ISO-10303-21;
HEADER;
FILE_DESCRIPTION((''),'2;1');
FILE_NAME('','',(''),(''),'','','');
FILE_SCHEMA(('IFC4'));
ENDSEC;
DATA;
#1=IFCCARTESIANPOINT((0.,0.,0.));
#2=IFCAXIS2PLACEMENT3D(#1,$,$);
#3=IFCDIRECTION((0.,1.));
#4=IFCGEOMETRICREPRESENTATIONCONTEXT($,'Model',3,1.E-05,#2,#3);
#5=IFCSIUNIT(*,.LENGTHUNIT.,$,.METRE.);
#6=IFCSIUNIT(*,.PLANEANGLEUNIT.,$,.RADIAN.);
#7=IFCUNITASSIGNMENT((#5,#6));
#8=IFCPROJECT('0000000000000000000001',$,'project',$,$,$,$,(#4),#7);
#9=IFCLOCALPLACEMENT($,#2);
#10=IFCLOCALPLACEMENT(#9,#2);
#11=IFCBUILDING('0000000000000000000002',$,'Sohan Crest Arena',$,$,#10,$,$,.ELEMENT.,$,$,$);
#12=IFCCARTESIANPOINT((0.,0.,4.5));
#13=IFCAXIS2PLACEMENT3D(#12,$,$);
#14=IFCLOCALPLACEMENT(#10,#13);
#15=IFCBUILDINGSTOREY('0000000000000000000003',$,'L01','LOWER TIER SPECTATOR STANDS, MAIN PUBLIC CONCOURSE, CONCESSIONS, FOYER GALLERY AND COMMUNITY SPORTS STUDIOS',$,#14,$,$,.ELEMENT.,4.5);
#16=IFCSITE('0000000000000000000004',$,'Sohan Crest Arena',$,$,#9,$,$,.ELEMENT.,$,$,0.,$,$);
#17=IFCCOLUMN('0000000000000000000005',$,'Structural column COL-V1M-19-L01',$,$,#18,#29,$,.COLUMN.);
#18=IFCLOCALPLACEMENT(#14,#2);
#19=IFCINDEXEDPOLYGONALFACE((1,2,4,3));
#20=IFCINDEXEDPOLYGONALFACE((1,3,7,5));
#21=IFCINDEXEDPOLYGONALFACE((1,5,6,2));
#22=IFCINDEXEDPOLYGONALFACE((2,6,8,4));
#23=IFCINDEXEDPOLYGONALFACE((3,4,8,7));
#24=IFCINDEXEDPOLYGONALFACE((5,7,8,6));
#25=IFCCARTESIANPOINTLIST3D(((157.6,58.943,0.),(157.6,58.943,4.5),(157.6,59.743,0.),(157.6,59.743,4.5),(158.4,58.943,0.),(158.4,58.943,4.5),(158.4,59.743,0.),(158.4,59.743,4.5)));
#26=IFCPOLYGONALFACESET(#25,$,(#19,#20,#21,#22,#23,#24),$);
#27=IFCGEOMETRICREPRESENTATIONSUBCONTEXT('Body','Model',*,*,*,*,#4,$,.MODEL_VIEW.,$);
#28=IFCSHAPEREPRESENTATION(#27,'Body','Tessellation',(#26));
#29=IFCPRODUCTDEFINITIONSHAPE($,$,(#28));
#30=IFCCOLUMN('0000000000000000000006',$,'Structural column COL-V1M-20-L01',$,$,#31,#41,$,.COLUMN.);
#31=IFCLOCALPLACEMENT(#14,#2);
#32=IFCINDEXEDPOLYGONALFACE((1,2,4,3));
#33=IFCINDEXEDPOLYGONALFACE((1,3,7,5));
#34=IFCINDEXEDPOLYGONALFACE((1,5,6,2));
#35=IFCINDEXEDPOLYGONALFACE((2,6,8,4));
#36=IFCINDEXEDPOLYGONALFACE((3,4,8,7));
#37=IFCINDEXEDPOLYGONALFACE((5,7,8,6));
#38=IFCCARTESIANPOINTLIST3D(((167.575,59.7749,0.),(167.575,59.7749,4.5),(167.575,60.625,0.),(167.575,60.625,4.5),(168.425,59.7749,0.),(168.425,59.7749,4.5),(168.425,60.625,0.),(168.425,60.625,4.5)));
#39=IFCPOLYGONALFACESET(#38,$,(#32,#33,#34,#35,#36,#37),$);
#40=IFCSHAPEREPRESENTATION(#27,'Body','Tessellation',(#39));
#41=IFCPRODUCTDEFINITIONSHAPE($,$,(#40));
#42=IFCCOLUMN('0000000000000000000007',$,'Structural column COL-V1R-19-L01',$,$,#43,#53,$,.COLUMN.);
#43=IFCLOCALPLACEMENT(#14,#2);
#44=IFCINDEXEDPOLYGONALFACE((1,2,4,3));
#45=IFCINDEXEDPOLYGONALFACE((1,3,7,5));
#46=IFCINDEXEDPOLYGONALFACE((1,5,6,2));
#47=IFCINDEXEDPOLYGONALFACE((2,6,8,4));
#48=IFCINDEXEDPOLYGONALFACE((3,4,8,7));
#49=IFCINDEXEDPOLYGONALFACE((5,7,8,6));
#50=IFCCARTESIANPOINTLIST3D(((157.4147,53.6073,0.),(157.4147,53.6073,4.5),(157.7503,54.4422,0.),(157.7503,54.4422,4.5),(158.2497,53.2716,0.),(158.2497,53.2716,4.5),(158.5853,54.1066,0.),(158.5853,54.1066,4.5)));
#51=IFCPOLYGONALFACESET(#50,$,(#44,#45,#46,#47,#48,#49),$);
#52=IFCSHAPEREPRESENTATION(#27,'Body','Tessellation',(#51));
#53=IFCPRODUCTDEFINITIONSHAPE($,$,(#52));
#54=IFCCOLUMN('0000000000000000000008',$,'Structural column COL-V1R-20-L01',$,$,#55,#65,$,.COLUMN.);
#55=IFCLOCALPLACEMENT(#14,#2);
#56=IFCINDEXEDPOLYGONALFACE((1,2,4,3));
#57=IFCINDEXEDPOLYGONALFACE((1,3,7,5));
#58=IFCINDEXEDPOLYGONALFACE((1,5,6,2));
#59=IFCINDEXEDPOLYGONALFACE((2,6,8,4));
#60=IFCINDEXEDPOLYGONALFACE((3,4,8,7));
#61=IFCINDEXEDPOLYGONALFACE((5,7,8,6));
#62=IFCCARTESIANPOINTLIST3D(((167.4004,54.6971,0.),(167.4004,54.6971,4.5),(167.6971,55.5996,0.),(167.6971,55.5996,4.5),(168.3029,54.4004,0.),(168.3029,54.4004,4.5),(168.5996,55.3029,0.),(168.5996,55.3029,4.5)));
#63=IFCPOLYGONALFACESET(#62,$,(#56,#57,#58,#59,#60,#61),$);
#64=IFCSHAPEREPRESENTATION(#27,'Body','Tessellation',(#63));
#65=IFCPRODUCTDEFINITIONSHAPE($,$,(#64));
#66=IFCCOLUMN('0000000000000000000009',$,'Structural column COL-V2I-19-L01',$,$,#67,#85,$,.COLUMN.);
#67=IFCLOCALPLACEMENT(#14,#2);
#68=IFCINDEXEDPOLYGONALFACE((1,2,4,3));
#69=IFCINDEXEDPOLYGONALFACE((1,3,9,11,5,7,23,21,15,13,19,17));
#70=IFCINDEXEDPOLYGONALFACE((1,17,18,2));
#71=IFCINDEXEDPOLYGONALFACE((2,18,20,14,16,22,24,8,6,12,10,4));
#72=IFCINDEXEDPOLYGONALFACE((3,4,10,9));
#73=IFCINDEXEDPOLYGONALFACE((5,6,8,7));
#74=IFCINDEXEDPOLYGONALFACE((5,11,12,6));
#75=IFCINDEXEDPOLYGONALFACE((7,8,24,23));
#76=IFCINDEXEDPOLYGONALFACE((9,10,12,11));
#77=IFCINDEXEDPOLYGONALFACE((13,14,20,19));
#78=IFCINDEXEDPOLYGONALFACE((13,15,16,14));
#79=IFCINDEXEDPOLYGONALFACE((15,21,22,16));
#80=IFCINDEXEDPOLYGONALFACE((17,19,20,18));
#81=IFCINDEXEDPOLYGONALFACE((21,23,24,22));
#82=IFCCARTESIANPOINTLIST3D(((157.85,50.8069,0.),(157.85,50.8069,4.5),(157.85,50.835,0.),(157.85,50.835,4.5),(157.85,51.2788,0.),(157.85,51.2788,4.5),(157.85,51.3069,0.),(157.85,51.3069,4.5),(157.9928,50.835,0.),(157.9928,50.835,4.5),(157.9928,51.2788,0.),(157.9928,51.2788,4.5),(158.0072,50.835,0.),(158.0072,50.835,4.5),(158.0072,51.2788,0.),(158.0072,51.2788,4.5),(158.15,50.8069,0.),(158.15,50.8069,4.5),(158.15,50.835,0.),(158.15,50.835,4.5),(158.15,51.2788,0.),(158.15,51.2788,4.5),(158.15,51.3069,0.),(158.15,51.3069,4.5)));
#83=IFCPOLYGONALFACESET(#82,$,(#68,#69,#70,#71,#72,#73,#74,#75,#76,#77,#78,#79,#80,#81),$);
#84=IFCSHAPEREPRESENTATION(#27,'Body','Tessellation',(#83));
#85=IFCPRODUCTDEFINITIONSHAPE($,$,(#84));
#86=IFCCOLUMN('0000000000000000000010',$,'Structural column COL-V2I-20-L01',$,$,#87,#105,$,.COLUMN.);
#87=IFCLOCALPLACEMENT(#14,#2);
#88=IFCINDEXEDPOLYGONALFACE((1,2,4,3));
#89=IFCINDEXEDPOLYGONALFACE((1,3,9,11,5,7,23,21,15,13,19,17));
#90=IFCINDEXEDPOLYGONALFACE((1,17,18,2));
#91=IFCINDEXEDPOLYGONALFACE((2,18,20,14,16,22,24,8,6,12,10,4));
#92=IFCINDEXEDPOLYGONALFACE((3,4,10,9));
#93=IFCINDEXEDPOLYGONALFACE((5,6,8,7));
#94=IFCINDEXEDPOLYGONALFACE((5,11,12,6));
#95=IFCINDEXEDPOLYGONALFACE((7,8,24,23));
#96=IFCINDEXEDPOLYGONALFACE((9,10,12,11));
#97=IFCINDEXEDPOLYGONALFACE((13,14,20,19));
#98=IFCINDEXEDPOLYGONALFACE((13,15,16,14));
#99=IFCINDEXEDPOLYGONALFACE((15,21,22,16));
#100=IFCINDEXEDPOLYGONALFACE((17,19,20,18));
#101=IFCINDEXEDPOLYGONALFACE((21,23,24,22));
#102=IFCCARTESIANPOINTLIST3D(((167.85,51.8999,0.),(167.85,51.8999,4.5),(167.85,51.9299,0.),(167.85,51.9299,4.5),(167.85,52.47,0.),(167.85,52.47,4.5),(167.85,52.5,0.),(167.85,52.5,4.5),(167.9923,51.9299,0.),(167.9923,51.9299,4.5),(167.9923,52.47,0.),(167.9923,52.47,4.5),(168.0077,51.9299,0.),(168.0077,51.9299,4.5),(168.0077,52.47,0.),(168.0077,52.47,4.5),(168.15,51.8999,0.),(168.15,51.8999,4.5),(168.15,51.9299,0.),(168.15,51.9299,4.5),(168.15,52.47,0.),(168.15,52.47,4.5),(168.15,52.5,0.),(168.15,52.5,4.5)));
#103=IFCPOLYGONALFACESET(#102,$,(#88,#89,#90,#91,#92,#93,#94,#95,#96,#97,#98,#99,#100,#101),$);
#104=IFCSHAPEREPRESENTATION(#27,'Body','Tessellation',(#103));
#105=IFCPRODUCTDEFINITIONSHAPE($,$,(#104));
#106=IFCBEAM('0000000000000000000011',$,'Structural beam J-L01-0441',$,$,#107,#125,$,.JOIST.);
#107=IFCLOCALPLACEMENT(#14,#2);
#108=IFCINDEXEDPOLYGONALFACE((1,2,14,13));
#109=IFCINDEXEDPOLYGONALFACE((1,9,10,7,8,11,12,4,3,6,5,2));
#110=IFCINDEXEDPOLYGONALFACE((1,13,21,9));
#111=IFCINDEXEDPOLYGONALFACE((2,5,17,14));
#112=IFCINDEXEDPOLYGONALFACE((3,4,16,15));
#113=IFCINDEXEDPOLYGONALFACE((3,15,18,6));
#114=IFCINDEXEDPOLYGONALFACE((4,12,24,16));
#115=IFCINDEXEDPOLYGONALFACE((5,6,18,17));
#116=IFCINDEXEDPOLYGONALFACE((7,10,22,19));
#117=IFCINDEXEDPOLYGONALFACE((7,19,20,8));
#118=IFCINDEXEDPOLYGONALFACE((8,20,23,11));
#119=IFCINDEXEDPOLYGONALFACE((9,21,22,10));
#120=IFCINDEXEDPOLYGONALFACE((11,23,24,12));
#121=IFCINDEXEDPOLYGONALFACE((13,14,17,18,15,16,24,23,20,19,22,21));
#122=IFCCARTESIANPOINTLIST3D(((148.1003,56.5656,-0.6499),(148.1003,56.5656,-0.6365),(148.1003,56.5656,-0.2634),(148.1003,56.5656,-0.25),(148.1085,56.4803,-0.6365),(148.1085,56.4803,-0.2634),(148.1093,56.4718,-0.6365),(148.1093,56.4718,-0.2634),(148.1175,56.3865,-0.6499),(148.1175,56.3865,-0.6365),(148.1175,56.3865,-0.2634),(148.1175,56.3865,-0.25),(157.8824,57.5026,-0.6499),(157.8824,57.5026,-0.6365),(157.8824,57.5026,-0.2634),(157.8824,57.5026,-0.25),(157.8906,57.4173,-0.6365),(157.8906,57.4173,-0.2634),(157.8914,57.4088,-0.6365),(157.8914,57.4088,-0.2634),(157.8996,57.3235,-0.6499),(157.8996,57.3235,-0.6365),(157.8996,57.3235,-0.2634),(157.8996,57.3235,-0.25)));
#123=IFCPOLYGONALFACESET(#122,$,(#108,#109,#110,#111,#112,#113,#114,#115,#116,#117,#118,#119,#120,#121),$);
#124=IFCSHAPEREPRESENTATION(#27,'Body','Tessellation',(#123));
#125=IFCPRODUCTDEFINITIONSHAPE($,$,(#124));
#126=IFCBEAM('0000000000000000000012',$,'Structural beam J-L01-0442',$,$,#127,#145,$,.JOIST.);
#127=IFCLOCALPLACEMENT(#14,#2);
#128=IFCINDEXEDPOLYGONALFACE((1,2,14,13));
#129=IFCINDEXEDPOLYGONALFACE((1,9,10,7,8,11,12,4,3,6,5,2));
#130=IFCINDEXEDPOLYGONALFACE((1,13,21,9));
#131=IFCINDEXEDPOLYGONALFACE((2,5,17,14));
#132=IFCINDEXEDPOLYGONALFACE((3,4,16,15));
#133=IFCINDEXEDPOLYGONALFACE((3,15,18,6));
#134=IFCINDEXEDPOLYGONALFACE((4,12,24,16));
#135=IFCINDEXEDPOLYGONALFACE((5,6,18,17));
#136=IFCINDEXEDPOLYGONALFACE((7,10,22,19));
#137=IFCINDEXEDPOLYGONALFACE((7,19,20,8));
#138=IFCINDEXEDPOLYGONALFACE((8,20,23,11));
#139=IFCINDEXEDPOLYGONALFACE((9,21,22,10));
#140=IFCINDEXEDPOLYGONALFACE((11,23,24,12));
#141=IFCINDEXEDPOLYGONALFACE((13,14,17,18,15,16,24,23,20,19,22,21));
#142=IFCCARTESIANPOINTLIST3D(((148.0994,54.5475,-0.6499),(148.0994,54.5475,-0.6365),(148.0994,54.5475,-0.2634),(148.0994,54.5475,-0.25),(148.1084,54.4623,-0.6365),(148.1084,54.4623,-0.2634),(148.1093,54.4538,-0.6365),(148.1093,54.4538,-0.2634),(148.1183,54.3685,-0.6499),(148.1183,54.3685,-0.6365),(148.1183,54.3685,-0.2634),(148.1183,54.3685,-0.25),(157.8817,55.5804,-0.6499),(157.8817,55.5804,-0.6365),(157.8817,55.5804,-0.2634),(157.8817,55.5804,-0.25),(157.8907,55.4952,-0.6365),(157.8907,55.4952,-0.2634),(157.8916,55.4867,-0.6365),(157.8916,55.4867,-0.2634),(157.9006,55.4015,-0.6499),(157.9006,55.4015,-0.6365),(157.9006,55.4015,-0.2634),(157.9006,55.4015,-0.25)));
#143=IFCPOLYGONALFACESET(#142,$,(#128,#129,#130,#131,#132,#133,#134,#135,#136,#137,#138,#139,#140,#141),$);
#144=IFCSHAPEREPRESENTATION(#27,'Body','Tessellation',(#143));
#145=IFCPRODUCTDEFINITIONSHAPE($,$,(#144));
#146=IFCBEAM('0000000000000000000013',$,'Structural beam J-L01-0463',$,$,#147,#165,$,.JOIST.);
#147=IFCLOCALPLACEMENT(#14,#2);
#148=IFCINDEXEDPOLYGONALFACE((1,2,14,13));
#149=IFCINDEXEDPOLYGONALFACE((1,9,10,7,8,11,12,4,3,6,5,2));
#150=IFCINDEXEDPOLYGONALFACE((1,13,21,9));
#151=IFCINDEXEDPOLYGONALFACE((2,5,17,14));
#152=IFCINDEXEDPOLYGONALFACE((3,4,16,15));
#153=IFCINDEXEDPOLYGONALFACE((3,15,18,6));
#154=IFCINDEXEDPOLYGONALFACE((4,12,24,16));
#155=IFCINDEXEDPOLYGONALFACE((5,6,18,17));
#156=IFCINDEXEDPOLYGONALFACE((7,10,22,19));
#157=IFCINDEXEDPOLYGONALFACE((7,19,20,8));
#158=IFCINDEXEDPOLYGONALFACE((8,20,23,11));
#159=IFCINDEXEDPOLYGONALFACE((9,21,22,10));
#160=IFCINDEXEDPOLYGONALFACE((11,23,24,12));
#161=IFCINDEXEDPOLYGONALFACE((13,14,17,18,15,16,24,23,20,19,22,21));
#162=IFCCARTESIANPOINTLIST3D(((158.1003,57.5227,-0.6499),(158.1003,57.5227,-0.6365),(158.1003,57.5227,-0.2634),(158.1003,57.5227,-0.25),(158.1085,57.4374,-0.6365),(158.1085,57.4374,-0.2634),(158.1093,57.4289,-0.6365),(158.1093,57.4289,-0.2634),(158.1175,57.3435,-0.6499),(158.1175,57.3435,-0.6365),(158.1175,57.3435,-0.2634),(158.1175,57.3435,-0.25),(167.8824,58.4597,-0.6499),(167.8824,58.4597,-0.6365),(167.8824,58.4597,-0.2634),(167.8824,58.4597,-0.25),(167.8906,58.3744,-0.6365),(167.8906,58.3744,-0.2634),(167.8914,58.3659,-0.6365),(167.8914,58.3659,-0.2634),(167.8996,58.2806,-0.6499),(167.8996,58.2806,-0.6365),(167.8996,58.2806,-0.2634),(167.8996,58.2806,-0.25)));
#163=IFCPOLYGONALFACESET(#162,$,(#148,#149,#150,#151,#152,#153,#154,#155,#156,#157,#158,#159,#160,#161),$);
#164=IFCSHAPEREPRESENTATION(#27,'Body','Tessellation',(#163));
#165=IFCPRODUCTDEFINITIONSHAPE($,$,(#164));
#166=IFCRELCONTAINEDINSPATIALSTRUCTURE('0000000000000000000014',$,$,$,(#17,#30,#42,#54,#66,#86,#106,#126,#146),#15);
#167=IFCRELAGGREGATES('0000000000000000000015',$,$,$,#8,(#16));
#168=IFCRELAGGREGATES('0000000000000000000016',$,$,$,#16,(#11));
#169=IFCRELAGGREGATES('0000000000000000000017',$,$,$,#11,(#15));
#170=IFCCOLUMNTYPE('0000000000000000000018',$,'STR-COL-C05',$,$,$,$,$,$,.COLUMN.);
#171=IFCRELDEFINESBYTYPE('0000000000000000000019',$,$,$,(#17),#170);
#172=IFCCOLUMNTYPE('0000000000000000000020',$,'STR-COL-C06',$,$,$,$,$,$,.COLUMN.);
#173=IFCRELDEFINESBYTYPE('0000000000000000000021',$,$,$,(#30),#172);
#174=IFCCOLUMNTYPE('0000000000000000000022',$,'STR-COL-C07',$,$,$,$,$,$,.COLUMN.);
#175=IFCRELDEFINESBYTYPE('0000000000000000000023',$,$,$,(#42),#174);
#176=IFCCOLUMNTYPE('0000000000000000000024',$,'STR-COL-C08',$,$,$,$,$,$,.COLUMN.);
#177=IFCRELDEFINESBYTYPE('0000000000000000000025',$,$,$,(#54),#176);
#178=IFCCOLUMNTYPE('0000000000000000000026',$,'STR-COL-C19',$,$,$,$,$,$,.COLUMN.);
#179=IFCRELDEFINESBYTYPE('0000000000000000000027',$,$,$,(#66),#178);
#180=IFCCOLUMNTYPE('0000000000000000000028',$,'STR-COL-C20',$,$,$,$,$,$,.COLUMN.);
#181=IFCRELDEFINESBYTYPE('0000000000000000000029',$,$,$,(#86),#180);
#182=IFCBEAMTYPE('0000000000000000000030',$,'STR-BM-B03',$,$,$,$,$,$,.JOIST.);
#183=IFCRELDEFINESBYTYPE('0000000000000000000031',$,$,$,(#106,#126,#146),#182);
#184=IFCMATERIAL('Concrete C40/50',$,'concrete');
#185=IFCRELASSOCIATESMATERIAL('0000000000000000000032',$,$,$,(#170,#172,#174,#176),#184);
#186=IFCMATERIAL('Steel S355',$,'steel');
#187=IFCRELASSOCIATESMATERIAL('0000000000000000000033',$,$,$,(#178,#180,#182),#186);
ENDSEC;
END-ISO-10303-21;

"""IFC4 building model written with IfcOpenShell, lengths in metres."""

from ifc_helpers import new_model, si_unit, direction, frame, origin, origin_2d, place, context, subcontext, project, spatial, rectangle, i_section, extrude, material, material_profile, profile_set, type_object, element, save


model = new_model("IFC4")

# Units and contexts
model_context = context("Model", 3, precision=1e-05, world=origin(), true_north=direction((0.0, 1.0)))
body_context = subcontext(model_context, "Body", "Model", "MODEL_VIEW")
ifc_project = project(units=[si_unit("LENGTHUNIT", "METRE"), si_unit("PLANEANGLEUNIT", "RADIAN")], contexts=[model_context])

# Site, building, storey
site_placement = place(None, origin())
site = spatial("IfcSite", under=ifc_project, at=site_placement, Name="Sohan Crest Arena", CompositionType="ELEMENT", RefElevation=0.0)
building_placement = place(site_placement, origin())
building = spatial("IfcBuilding", under=site, at=building_placement, Name="Sohan Crest Arena", CompositionType="ELEMENT")
storey_placement = place(building_placement, frame((0.0, 0.0, 4.5)))
storey = spatial("IfcBuildingStorey", under=building, at=storey_placement, Name="L01", Description="LOWER TIER SPECTATOR STANDS, MAIN PUBLIC CONCOURSE, CONCESSIONS, FOYER GALLERY AND COMMUNITY SPORTS STUDIOS", CompositionType="ELEMENT", Elevation=4.5)

# Columns
ifc_material_1 = material(Name="Concrete C40/50", Category="concrete")
ifc_material_profile_1 = material_profile(ifc_material_1, rectangle(XDim=0.8, YDim=0.8, at=origin_2d()), Name="RC 800x800")
ifc_profile_set_1 = profile_set([ifc_material_profile_1], Name="Concrete C40/50")
column_type_1 = type_object("IfcColumnType", Name="STR-COL-C05", PredefinedType="COLUMN", material=ifc_profile_set_1)
column_1_placement = place(storey_placement, frame((158.0, 59.343, 0.0), z_axis=(0.0, 0.0, 1.0), x_axis=(1.0, 0.0, 0.0)))
element("IfcColumn", 1, at=column_1_placement, inside=storey, type_object=column_type_1, Name="Structural column COL-V1M-19-L01", PredefinedType="COLUMN", context=body_context, shape_type="SweptSolid", body=[
    extrude(rectangle(XDim=0.8, YDim=0.8, at=origin_2d()), origin(), (0.0, 0.0, 1.0), 4.5),
])
ifc_material_profile_2 = material_profile(ifc_material_1, rectangle(XDim=0.8501, YDim=0.8501, at=origin_2d()), Name="RC 850x850")
ifc_profile_set_2 = profile_set([ifc_material_profile_2], Name="Concrete C40/50")
column_type_2 = type_object("IfcColumnType", Name="STR-COL-C06", PredefinedType="COLUMN", material=ifc_profile_set_2)
column_2_placement = place(storey_placement, frame((168.0, 60.2, 0.0), z_axis=(0.0, 0.0, 1.0), x_axis=(1.0, 0.0, 0.0)))
element("IfcColumn", 2, at=column_2_placement, inside=storey, type_object=column_type_2, Name="Structural column COL-V1M-20-L01", PredefinedType="COLUMN", context=body_context, shape_type="SweptSolid", body=[
    extrude(rectangle(XDim=0.8501, YDim=0.8501, at=origin_2d()), origin(), (0.0, 0.0, 1.0), 4.5),
])
ifc_material_profile_3 = material_profile(ifc_material_1, rectangle(XDim=0.8999, YDim=0.8999, at=origin_2d()), Name="RC 900x900")
ifc_profile_set_3 = profile_set([ifc_material_profile_3], Name="Concrete C40/50")
column_type_3 = type_object("IfcColumnType", Name="STR-COL-C07", PredefinedType="COLUMN", material=ifc_profile_set_3)
column_3_placement = place(storey_placement, frame((158.0, 53.8569, 0.0), z_axis=(0.0, 0.0, 1.0), x_axis=(-0.927836, 0.372988, 0.0)))
element("IfcColumn", 3, at=column_3_placement, inside=storey, type_object=column_type_3, Name="Structural column COL-V1R-19-L01", PredefinedType="COLUMN", context=body_context, shape_type="SweptSolid", body=[
    extrude(rectangle(XDim=0.8999, YDim=0.8999, at=origin_2d()), origin(), (0.0, 0.0, 1.0), 4.5),
])
ifc_material_profile_4 = material_profile(ifc_material_1, rectangle(XDim=0.95, YDim=0.95, at=origin_2d()), Name="RC 950x950")
ifc_profile_set_4 = profile_set([ifc_material_profile_4], Name="Concrete C40/50")
column_type_4 = type_object("IfcColumnType", Name="STR-COL-C08", PredefinedType="COLUMN", material=ifc_profile_set_4)
column_4_placement = place(storey_placement, frame((168.0, 55.0, 0.0), z_axis=(0.0, 0.0, 1.0), x_axis=(-0.949972, 0.312335, 0.0)))
element("IfcColumn", 4, at=column_4_placement, inside=storey, type_object=column_type_4, Name="Structural column COL-V1R-20-L01", PredefinedType="COLUMN", context=body_context, shape_type="SweptSolid", body=[
    extrude(rectangle(XDim=0.95, YDim=0.95, at=origin_2d()), origin(), (0.0, 0.0, 1.0), 4.5),
])
ifc_material_2 = material(Name="Steel S355", Category="steel")
ifc_material_profile_5 = material_profile(ifc_material_2, i_section(OverallWidth=0.3, OverallDepth=0.5, WebThickness=0.0144, FlangeThickness=0.0281, at=origin_2d()), Name="HEB 500")
ifc_profile_set_5 = profile_set([ifc_material_profile_5], Name="Steel S355")
column_type_5 = type_object("IfcColumnType", Name="STR-COL-C19", PredefinedType="COLUMN", material=ifc_profile_set_5)
column_5_placement = place(storey_placement, frame((158.0, 51.0569, 0.0), z_axis=(0.0, 0.0, 1.0), x_axis=(1.0, 0.0, 0.0)))
element("IfcColumn", 5, at=column_5_placement, inside=storey, type_object=column_type_5, Name="Structural column COL-V2I-19-L01", PredefinedType="COLUMN", context=body_context, shape_type="SweptSolid", body=[
    extrude(i_section(OverallWidth=0.3, OverallDepth=0.5, WebThickness=0.0144, FlangeThickness=0.0281, at=origin_2d()), origin(), (0.0, 0.0, 1.0), 4.5),
])
ifc_material_profile_6 = material_profile(ifc_material_2, i_section(OverallWidth=0.3, OverallDepth=0.6001, WebThickness=0.0154, FlangeThickness=0.03, at=origin_2d()), Name="HEB 600")
ifc_profile_set_6 = profile_set([ifc_material_profile_6], Name="Steel S355")
column_type_6 = type_object("IfcColumnType", Name="STR-COL-C20", PredefinedType="COLUMN", material=ifc_profile_set_6)
column_6_placement = place(storey_placement, frame((168.0, 52.2, 0.0), z_axis=(0.0, 0.0, 1.0), x_axis=(1.0, 0.0, 0.0)))
element("IfcColumn", 6, at=column_6_placement, inside=storey, type_object=column_type_6, Name="Structural column COL-V2I-20-L01", PredefinedType="COLUMN", context=body_context, shape_type="SweptSolid", body=[
    extrude(i_section(OverallWidth=0.3, OverallDepth=0.6001, WebThickness=0.0154, FlangeThickness=0.03, at=origin_2d()), origin(), (0.0, 0.0, 1.0), 4.5),
])

# Beams
ifc_material_profile_7 = material_profile(ifc_material_2, i_section(OverallWidth=0.1799, OverallDepth=0.3999, WebThickness=0.0085, FlangeThickness=0.0134, at=origin_2d()), Name="IPE 400")
ifc_profile_set_7 = profile_set([ifc_material_profile_7], Name="Steel S355")
beam_type_1 = type_object("IfcBeamType", Name="STR-BM-B03", PredefinedType="JOIST", material=ifc_profile_set_7)
beam_1_placement = place(storey_placement, frame((148.1089, 56.4761, -0.45), z_axis=(0.995444, 0.095351, 0.0), x_axis=(-0.095351, 0.995444, 0.0)))
element("IfcBeam", 7, at=beam_1_placement, inside=storey, type_object=beam_type_1, Name="Structural beam J-L01-0441", PredefinedType="JOIST", context=body_context, shape_type="SweptSolid", body=[
    extrude(i_section(OverallWidth=0.1799, OverallDepth=0.3999, WebThickness=0.0085, FlangeThickness=0.0134, at=origin_2d()), origin(), (0.0, 0.0, 1.0), 9.8269),
])
beam_2_placement = place(storey_placement, frame((148.1089, 54.458, -0.45), z_axis=(0.994471, 0.105012, 0.0), x_axis=(-0.105012, 0.994471, 0.0)))
element("IfcBeam", 8, at=beam_2_placement, inside=storey, type_object=beam_type_1, Name="Structural beam J-L01-0442", PredefinedType="JOIST", context=body_context, shape_type="SweptSolid", body=[
    extrude(i_section(OverallWidth=0.1799, OverallDepth=0.3999, WebThickness=0.0085, FlangeThickness=0.0134, at=origin_2d()), origin(), (0.0, 0.0, 1.0), 9.8367),
])
beam_3_placement = place(storey_placement, frame((158.1089, 57.4331, -0.45), z_axis=(0.995444, 0.095351, 0.0), x_axis=(-0.095351, 0.995444, 0.0)))
element("IfcBeam", 9, at=beam_3_placement, inside=storey, type_object=beam_type_1, Name="Structural beam J-L01-0463", PredefinedType="JOIST", context=body_context, shape_type="SweptSolid", body=[
    extrude(i_section(OverallWidth=0.1799, OverallDepth=0.3999, WebThickness=0.0085, FlangeThickness=0.0134, at=origin_2d()), origin(), (0.0, 0.0, 1.0), 9.8269),
])

save(model, "model.ifc")
